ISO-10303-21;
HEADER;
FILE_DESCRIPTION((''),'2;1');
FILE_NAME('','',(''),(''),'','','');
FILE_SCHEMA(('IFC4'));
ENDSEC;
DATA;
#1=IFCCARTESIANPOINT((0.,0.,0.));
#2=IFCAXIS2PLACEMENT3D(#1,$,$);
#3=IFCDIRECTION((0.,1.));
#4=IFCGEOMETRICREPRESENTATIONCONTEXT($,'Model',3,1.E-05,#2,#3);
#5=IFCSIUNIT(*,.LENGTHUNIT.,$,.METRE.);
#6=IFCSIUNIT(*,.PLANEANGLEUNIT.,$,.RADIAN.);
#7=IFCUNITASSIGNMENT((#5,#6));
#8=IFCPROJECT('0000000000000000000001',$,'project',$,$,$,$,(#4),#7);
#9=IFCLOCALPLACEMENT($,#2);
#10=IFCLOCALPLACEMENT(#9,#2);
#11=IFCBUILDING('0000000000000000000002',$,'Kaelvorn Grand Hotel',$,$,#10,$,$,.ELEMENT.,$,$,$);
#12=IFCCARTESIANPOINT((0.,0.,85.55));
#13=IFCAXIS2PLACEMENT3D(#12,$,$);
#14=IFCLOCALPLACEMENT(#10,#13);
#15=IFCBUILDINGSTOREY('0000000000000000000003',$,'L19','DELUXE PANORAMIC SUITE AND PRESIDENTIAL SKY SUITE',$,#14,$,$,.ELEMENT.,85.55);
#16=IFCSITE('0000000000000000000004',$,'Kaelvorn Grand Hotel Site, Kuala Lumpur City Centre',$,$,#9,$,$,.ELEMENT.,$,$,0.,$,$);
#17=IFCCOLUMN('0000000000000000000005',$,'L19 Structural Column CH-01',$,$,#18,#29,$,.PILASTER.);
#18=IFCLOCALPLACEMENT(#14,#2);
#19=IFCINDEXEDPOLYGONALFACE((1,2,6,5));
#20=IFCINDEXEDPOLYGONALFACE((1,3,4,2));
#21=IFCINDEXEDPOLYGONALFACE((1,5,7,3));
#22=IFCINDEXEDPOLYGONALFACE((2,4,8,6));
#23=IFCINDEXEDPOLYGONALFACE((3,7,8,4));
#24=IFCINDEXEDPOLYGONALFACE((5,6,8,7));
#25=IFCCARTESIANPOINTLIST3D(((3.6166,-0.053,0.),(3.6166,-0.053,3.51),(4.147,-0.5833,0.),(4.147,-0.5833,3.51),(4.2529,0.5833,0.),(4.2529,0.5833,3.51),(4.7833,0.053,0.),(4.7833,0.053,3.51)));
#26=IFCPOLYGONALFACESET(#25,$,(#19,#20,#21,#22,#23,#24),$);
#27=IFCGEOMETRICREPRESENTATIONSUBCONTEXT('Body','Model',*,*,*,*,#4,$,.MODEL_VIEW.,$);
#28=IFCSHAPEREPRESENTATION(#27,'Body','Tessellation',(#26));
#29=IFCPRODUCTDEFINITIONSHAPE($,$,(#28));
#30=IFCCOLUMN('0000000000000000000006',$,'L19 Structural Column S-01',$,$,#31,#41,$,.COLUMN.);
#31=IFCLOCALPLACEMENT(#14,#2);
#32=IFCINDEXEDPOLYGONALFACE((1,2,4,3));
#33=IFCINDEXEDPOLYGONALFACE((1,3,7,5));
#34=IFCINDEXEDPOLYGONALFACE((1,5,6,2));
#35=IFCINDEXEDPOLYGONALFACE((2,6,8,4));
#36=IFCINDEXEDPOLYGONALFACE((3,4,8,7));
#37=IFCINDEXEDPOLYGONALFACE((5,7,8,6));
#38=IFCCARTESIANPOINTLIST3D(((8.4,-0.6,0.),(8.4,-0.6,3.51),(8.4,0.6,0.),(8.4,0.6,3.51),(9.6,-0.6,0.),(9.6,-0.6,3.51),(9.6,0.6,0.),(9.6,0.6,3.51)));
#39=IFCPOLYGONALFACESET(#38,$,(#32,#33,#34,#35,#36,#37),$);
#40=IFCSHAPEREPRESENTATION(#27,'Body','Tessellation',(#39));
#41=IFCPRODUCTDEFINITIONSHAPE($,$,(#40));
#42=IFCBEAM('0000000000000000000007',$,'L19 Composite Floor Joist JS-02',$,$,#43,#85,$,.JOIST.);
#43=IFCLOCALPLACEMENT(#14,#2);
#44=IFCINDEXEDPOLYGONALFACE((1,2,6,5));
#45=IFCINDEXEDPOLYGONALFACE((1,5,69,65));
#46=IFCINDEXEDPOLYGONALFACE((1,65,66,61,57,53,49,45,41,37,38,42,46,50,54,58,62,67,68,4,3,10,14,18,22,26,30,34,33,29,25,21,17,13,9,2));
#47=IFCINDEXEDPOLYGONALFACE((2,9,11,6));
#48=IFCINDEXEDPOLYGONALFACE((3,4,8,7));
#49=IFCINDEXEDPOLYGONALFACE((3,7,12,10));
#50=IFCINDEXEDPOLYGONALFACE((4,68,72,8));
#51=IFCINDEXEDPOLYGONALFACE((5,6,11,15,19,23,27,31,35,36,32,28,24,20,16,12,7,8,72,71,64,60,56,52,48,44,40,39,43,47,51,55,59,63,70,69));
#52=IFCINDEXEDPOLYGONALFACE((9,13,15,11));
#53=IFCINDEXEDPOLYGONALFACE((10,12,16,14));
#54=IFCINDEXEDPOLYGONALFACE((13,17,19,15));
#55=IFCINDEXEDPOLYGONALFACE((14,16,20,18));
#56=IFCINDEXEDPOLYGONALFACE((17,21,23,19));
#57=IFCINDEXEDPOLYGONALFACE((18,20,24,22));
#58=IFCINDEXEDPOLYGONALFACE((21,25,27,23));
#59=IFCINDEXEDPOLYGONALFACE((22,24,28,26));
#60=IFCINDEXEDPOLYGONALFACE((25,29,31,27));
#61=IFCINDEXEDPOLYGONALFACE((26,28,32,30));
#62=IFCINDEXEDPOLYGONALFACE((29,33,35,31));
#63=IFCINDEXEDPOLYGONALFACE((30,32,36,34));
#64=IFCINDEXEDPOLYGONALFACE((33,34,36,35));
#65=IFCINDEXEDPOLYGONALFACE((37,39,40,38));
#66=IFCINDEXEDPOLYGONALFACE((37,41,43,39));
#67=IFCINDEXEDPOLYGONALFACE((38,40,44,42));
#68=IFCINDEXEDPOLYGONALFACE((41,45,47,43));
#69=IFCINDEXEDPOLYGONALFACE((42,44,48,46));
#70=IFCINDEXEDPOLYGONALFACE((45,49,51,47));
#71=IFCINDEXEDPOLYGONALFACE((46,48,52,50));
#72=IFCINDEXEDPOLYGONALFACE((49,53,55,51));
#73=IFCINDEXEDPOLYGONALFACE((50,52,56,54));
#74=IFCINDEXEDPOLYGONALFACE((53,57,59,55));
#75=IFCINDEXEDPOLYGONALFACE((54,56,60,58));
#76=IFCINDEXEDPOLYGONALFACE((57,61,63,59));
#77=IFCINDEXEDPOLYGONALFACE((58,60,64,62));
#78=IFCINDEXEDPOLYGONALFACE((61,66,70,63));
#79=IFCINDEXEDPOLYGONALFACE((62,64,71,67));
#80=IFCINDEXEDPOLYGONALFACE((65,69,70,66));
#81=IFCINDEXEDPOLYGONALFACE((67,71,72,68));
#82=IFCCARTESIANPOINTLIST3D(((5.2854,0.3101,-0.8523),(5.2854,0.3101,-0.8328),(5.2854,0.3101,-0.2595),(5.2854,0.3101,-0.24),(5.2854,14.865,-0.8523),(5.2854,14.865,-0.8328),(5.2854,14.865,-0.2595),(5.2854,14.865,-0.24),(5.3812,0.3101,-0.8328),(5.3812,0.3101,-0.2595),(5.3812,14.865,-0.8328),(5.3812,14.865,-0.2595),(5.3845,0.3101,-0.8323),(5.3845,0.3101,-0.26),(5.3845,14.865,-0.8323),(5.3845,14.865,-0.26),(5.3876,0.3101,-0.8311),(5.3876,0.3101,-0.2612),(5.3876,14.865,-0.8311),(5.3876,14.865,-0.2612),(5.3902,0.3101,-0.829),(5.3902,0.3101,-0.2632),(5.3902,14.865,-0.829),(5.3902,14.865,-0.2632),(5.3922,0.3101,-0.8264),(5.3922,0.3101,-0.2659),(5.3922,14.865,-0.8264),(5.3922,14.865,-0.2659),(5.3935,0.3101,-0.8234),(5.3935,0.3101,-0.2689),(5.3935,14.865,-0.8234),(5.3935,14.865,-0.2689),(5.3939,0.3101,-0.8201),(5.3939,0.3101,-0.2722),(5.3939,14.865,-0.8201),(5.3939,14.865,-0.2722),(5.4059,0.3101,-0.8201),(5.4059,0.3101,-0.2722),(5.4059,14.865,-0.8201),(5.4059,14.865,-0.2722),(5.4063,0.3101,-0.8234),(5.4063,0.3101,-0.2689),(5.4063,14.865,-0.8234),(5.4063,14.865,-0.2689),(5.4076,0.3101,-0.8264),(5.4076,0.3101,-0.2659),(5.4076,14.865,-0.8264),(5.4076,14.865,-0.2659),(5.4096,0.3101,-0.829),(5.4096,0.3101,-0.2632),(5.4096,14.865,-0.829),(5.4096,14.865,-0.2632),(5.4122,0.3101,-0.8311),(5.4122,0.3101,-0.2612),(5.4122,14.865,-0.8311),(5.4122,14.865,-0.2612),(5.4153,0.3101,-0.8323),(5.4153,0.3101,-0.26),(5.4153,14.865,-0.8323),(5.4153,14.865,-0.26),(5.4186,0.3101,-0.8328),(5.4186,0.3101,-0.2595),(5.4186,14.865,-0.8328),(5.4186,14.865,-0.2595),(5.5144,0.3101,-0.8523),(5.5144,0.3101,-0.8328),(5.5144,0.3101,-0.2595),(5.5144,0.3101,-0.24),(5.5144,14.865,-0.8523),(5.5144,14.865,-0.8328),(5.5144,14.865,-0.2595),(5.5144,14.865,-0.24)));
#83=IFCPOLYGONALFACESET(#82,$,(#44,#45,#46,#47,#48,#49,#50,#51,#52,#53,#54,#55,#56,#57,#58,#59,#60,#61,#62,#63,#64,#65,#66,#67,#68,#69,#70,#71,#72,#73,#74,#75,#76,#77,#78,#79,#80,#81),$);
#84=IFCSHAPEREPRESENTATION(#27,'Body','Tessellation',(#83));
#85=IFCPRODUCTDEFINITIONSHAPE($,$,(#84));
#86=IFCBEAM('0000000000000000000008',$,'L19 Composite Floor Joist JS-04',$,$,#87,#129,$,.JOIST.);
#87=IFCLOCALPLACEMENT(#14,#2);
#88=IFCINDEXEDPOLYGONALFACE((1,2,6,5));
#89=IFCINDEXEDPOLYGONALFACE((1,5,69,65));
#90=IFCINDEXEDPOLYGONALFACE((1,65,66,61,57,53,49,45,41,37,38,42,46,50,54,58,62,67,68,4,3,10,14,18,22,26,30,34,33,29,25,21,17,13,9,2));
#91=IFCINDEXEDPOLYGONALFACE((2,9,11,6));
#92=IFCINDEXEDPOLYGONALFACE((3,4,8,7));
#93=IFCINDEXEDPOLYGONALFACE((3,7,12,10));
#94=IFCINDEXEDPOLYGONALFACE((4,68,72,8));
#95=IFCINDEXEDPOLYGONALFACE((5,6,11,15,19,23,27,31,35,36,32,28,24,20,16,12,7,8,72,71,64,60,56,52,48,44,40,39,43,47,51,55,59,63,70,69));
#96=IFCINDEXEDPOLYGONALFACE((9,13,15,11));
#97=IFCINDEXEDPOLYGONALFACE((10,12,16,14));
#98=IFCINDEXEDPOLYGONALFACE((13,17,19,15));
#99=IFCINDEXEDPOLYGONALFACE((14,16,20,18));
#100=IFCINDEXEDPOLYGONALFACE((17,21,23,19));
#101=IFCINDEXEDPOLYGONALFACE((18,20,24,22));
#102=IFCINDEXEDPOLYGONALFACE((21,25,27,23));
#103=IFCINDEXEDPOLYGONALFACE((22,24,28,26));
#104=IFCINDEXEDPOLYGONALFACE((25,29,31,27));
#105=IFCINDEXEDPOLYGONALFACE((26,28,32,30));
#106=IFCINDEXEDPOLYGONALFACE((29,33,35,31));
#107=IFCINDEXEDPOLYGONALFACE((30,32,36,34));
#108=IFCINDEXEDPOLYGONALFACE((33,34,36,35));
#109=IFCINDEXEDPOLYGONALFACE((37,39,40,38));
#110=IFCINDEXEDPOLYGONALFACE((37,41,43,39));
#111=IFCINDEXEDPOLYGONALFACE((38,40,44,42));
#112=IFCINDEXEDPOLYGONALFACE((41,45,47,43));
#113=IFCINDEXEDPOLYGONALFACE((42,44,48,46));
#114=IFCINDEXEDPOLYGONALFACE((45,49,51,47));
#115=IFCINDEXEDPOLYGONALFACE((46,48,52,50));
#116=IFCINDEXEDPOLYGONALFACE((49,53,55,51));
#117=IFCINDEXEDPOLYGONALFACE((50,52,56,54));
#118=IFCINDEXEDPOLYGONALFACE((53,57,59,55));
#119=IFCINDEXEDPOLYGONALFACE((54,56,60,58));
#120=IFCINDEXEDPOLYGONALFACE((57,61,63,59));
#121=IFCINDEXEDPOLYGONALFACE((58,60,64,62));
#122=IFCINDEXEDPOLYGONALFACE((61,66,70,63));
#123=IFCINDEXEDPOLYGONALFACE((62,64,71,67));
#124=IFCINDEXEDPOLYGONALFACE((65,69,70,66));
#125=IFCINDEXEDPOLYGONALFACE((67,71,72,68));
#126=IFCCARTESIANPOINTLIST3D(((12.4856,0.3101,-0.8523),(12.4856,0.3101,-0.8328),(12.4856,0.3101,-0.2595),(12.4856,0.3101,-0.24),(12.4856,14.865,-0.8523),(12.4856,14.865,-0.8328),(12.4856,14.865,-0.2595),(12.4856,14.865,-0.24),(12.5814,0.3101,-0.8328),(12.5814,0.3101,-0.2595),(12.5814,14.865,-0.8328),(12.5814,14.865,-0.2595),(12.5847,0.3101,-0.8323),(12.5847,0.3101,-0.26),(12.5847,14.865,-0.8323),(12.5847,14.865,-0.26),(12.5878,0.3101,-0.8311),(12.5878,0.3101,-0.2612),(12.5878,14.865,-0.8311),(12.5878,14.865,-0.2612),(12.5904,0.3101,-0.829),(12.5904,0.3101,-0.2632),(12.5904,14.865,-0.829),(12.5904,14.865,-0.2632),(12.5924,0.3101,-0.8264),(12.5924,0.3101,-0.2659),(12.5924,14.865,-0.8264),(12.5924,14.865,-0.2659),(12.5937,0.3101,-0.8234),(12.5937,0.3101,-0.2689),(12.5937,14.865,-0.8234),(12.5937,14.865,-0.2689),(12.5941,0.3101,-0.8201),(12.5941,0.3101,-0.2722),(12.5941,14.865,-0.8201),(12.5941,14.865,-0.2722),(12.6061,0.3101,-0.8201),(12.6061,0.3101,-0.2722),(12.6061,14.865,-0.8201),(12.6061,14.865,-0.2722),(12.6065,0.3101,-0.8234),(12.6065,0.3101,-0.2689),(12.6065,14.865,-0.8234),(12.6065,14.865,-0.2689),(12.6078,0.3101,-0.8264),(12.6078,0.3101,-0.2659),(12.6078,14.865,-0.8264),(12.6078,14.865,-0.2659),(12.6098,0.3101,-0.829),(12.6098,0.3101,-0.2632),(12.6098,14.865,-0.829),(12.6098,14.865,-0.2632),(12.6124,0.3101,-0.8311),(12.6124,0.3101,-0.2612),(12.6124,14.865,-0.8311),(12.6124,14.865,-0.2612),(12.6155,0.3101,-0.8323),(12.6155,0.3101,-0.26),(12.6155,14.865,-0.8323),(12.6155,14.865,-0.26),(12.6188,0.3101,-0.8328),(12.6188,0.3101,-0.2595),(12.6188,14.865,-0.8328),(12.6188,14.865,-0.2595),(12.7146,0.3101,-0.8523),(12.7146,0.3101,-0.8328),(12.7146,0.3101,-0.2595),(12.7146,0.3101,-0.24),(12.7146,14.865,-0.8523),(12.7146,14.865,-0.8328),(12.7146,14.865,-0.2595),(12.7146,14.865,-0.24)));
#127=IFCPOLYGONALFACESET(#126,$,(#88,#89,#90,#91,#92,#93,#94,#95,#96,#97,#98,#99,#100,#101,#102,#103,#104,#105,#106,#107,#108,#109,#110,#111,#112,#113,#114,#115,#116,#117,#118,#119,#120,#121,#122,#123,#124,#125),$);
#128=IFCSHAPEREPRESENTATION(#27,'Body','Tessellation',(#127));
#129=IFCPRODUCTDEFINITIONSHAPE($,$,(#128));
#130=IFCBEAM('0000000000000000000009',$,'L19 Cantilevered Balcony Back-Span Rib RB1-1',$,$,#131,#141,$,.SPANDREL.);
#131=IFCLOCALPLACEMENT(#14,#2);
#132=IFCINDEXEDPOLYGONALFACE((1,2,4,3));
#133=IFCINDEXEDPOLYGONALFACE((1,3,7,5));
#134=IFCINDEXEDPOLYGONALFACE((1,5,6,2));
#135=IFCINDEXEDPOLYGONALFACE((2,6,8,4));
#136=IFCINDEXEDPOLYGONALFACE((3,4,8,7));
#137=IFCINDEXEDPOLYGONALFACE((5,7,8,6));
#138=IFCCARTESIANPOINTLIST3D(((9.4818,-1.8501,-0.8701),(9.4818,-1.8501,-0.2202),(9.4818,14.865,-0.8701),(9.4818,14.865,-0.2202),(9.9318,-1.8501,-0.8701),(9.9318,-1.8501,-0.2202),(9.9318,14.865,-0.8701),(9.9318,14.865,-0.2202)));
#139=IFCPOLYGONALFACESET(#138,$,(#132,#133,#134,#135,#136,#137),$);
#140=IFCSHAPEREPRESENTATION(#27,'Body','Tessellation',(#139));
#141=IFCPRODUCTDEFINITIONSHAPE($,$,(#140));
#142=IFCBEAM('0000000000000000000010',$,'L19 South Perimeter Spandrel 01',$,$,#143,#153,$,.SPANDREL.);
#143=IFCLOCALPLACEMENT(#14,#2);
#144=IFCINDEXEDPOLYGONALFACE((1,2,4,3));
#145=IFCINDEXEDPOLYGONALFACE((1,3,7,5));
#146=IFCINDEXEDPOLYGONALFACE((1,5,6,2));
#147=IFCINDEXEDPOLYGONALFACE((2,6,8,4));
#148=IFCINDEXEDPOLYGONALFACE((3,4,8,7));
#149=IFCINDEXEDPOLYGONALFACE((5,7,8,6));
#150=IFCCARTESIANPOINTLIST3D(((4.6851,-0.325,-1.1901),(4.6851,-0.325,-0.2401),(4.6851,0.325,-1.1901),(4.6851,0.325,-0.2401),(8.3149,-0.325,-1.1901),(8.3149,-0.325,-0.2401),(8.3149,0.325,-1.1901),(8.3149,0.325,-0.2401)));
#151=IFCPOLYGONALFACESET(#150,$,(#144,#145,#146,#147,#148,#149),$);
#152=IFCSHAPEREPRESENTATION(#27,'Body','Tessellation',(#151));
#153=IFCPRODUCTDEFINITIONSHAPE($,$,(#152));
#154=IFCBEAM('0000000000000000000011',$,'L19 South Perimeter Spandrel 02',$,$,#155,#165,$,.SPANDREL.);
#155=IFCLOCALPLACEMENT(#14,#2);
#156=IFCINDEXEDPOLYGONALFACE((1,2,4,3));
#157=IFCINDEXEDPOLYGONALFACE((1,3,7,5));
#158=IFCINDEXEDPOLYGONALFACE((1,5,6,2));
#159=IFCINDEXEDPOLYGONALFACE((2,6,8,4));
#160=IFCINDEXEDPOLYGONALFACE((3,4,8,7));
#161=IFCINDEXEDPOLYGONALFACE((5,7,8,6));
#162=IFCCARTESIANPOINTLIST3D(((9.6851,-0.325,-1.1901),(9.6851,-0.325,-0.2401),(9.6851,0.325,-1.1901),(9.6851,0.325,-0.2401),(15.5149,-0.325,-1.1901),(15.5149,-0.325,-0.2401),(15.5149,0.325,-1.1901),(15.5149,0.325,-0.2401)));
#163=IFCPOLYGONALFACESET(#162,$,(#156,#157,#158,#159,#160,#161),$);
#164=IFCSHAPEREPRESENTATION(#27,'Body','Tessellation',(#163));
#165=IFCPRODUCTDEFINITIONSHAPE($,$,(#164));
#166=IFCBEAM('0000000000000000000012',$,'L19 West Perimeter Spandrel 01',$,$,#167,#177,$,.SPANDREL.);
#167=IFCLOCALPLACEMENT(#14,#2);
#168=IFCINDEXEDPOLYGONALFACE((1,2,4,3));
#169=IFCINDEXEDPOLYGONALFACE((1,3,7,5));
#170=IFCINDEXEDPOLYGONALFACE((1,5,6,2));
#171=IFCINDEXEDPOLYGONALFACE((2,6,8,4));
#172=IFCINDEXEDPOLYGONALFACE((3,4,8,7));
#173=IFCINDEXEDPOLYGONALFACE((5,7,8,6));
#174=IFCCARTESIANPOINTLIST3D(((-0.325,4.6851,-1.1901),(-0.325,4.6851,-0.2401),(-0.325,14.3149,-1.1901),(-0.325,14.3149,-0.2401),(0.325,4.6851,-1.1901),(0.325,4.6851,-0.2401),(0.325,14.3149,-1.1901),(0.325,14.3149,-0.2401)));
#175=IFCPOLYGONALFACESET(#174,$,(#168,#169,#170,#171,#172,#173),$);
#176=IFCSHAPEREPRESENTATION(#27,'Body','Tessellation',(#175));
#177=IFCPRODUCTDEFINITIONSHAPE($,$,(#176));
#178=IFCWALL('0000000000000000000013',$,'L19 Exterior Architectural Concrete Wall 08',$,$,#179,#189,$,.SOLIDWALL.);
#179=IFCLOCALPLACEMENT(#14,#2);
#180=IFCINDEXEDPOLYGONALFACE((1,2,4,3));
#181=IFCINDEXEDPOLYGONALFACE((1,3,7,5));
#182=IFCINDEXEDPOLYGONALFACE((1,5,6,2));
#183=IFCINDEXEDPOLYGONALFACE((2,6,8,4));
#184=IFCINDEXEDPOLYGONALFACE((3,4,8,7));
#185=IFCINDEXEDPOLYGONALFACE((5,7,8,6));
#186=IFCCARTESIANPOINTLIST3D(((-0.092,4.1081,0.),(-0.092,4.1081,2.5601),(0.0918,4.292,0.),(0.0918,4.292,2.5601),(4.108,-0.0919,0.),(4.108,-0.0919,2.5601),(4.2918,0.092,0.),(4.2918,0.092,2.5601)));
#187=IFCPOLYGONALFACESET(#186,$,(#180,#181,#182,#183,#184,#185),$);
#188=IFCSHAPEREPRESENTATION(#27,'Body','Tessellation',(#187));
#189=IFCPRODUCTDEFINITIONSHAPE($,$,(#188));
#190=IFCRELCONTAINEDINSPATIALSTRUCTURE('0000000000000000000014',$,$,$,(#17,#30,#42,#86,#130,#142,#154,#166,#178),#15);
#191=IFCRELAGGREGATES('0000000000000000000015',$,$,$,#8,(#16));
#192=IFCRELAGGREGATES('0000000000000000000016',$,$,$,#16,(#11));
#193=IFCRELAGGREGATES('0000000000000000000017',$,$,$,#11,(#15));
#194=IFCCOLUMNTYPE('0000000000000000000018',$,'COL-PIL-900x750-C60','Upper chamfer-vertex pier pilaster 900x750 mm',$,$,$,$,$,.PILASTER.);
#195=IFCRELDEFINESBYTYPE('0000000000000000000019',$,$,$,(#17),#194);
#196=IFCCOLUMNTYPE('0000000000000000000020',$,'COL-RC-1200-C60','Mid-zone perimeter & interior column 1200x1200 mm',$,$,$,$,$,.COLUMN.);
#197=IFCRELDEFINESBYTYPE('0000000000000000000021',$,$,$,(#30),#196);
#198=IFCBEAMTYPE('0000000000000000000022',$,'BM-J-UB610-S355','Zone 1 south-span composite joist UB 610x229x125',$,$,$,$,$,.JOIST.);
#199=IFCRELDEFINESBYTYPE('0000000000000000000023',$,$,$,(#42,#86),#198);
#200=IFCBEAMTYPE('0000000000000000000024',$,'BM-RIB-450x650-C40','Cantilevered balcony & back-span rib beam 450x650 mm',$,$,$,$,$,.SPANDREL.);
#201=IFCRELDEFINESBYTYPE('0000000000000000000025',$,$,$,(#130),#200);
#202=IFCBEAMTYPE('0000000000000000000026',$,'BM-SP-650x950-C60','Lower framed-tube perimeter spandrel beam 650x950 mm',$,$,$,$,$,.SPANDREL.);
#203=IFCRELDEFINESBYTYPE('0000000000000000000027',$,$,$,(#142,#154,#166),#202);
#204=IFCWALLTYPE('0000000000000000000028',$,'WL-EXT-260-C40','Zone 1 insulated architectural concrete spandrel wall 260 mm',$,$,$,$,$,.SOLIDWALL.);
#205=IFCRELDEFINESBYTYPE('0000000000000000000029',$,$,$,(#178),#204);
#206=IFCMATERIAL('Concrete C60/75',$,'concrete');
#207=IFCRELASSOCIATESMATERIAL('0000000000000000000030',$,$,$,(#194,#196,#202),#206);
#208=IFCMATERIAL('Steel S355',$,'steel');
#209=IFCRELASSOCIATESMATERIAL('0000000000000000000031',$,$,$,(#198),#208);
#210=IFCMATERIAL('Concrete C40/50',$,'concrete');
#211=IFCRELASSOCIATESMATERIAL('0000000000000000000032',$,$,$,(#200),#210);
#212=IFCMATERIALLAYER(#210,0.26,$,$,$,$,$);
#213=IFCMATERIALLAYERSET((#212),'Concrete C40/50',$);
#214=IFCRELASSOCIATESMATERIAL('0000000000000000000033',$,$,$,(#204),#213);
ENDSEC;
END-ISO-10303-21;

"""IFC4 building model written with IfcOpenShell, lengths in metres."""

from ifc_helpers import new_model, si_unit, direction, frame, frame_2d, origin, origin_2d, place, context, subcontext, project, spatial, rectangle, i_section, extrude, material, layer, layer_set, material_profile, profile_set, type_object, element, save


model = new_model("IFC4")

# Units and contexts
model_context = context("Model", 3, precision=1e-05, world=origin(), true_north=direction((0.0, 1.0)))
body_context = subcontext(model_context, "Body", "Model", "MODEL_VIEW")
ifc_project = project(units=[si_unit("LENGTHUNIT", "METRE"), si_unit("PLANEANGLEUNIT", "RADIAN")], contexts=[model_context])

# Site, building, storey
site_placement = place(None, origin())
site = spatial("IfcSite", under=ifc_project, at=site_placement, Name="Kaelvorn Grand Hotel Site, Kuala Lumpur City Centre", CompositionType="ELEMENT", RefElevation=0.0)
building_placement = place(site_placement, origin())
building = spatial("IfcBuilding", under=site, at=building_placement, Name="Kaelvorn Grand Hotel", CompositionType="ELEMENT")
storey_placement = place(building_placement, frame((0.0, 0.0, 85.55)))
storey = spatial("IfcBuildingStorey", under=building, at=storey_placement, Name="L19", Description="DELUXE PANORAMIC SUITE AND PRESIDENTIAL SKY SUITE", CompositionType="ELEMENT", Elevation=85.55)

# Columns
ifc_material_1 = material(Name="Concrete C60/75", Category="concrete")
ifc_material_profile_1 = material_profile(ifc_material_1, rectangle(XDim=0.8999, YDim=0.75, at=origin_2d()), Name="RC PILASTER 900x750")
ifc_profile_set_1 = profile_set([ifc_material_profile_1], Name="Concrete C60/75")
column_type_1 = type_object("IfcColumnType", Name="COL-PIL-900x750-C60", Description="Upper chamfer-vertex pier pilaster 900x750 mm", PredefinedType="PILASTER", material=ifc_profile_set_1)
column_1_placement = place(storey_placement, frame((4.2, 0.0, 0.0), z_axis=(0.0, 0.0, 1.0), x_axis=(0.707107, 0.707107, 0.0)))
element("IfcColumn", 1, at=column_1_placement, inside=storey, type_object=column_type_1, Name="L19 Structural Column CH-01", PredefinedType="PILASTER", context=body_context, shape_type="SweptSolid", body=[
    extrude(rectangle(XDim=0.8999, YDim=0.75, at=origin_2d()), origin(), (0.0, 0.0, 1.0), 3.51),
])
ifc_material_profile_2 = material_profile(ifc_material_1, rectangle(XDim=1.2, YDim=1.2, at=origin_2d()), Name="RC COL 1200x1200")
ifc_profile_set_2 = profile_set([ifc_material_profile_2], Name="Concrete C60/75")
column_type_2 = type_object("IfcColumnType", Name="COL-RC-1200-C60", Description="Mid-zone perimeter & interior column 1200x1200 mm", PredefinedType="COLUMN", material=ifc_profile_set_2)
column_2_placement = place(storey_placement, frame((9.0, 0.0, 0.0), z_axis=(0.0, 0.0, 1.0), x_axis=(1.0, 0.0, 0.0)))
element("IfcColumn", 2, at=column_2_placement, inside=storey, type_object=column_type_2, Name="L19 Structural Column S-01", PredefinedType="COLUMN", context=body_context, shape_type="SweptSolid", body=[
    extrude(rectangle(XDim=1.2, YDim=1.2, at=origin_2d()), origin(), (0.0, 0.0, 1.0), 3.51),
])

# Beams
ifc_material_2 = material(Name="Steel S355", Category="steel")
ifc_material_profile_3 = material_profile(ifc_material_2, i_section(OverallWidth=0.229, OverallDepth=0.6123, WebThickness=0.012, FlangeThickness=0.0195, FilletRadius=0.0127, at=origin_2d()), Name="UB 610x229x125")
ifc_profile_set_3 = profile_set([ifc_material_profile_3], Name="Steel S355")
beam_type_1 = type_object("IfcBeamType", Name="BM-J-UB610-S355", Description="Zone 1 south-span composite joist UB 610x229x125", PredefinedType="JOIST", material=ifc_profile_set_3)
for number, where, z_axis, x_axis, name in (
    (3, (5.3999, 0.3101, -0.5461), (0.0, 1.0, 0.0), (-1.0, 0.0, 0.0), "L19 Composite Floor Joist JS-02"),
    (4, (12.6001, 0.3101, -0.5461), (0.0, 1.0, 0.0), (-1.0, 0.0, 0.0), "L19 Composite Floor Joist JS-04"),
):
    element("IfcBeam", number, at=place(storey_placement, frame(where, z_axis=z_axis, x_axis=x_axis)), inside=storey, type_object=beam_type_1, Name=name, PredefinedType="JOIST", context=body_context, shape_type="SweptSolid", body=[
        extrude(i_section(OverallWidth=0.229, OverallDepth=0.6123, WebThickness=0.012, FlangeThickness=0.0195, FilletRadius=0.0127, at=origin_2d()), origin(), (0.0, 0.0, 1.0), 14.5549),
    ])
ifc_material_3 = material(Name="Concrete C40/50", Category="concrete")
ifc_material_profile_4 = material_profile(ifc_material_3, rectangle(XDim=0.45, YDim=0.6499, at=origin_2d()), Name="RC RIB 450x650")
ifc_profile_set_4 = profile_set([ifc_material_profile_4], Name="Concrete C40/50")
beam_type_2 = type_object("IfcBeamType", Name="BM-RIB-450x650-C40", Description="Cantilevered balcony & back-span rib beam 450x650 mm", PredefinedType="SPANDREL", material=ifc_profile_set_4)
beam_1_placement = place(storey_placement, frame((9.7068, -1.8501, -0.5452), z_axis=(0.0, 1.0, 0.0), x_axis=(-1.0, 0.0, 0.0)))
element("IfcBeam", 5, at=beam_1_placement, inside=storey, type_object=beam_type_2, Name="L19 Cantilevered Balcony Back-Span Rib RB1-1", PredefinedType="SPANDREL", context=body_context, shape_type="SweptSolid", body=[
    extrude(rectangle(XDim=0.45, YDim=0.6499, at=origin_2d()), origin(), (0.0, 0.0, 1.0), 16.7151),
])
ifc_material_profile_5 = material_profile(ifc_material_1, rectangle(XDim=0.6499, YDim=0.95, at=origin_2d()), Name="RC SPANDREL 650x950")
ifc_profile_set_5 = profile_set([ifc_material_profile_5], Name="Concrete C60/75")
beam_type_3 = type_object("IfcBeamType", Name="BM-SP-650x950-C60", Description="Lower framed-tube perimeter spandrel beam 650x950 mm", PredefinedType="SPANDREL", material=ifc_profile_set_5)
beam_2_placement = place(storey_placement, frame((4.6851, 0.0, -0.7151), z_axis=(1.0, 0.0, 0.0), x_axis=(0.0, 1.0, 0.0)))
element("IfcBeam", 6, at=beam_2_placement, inside=storey, type_object=beam_type_3, Name="L19 South Perimeter Spandrel 01", PredefinedType="SPANDREL", context=body_context, shape_type="SweptSolid", body=[
    extrude(rectangle(XDim=0.6499, YDim=0.95, at=origin_2d()), origin(), (0.0, 0.0, 1.0), 3.6299),
])
beam_3_placement = place(storey_placement, frame((9.6851, 0.0, -0.7151), z_axis=(1.0, 0.0, 0.0), x_axis=(0.0, 1.0, 0.0)))
element("IfcBeam", 7, at=beam_3_placement, inside=storey, type_object=beam_type_3, Name="L19 South Perimeter Spandrel 02", PredefinedType="SPANDREL", context=body_context, shape_type="SweptSolid", body=[
    extrude(rectangle(XDim=0.6499, YDim=0.95, at=origin_2d()), origin(), (0.0, 0.0, 1.0), 5.8298),
])
beam_4_placement = place(storey_placement, frame((0.0, 4.6851, -0.7151), z_axis=(0.0, 1.0, 0.0), x_axis=(-1.0, 0.0, 0.0)))
element("IfcBeam", 8, at=beam_4_placement, inside=storey, type_object=beam_type_3, Name="L19 West Perimeter Spandrel 01", PredefinedType="SPANDREL", context=body_context, shape_type="SweptSolid", body=[
    extrude(rectangle(XDim=0.6499, YDim=0.95, at=origin_2d()), origin(), (0.0, 0.0, 1.0), 9.6299),
])

# Shared definitions
ifc_layer_1 = layer(ifc_material_3, 0.26)
ifc_layer_set_1 = layer_set([ifc_layer_1], Name="Concrete C40/50")
wall_type = type_object("IfcWallType", Name="WL-EXT-260-C40", Description="Zone 1 insulated architectural concrete spandrel wall 260 mm", PredefinedType="SOLIDWALL", material=ifc_layer_set_1)

# Wall
wall_1_placement = place(storey_placement, frame((0.0, 4.2, 0.0), z_axis=(0.0, 0.0, 1.0), x_axis=(0.707107, -0.707107, 0.0)))
element("IfcWall", 9, at=wall_1_placement, inside=storey, type_object=wall_type, Name="L19 Exterior Architectural Concrete Wall 08", PredefinedType="SOLIDWALL", context=body_context, shape_type="SweptSolid", body=[
    extrude(rectangle(XDim=5.9397, YDim=0.26, at=frame_2d((2.9697, 0.0))), origin(), (0.0, 0.0, 1.0), 2.5601),
])

save(model, "model.ifc")
